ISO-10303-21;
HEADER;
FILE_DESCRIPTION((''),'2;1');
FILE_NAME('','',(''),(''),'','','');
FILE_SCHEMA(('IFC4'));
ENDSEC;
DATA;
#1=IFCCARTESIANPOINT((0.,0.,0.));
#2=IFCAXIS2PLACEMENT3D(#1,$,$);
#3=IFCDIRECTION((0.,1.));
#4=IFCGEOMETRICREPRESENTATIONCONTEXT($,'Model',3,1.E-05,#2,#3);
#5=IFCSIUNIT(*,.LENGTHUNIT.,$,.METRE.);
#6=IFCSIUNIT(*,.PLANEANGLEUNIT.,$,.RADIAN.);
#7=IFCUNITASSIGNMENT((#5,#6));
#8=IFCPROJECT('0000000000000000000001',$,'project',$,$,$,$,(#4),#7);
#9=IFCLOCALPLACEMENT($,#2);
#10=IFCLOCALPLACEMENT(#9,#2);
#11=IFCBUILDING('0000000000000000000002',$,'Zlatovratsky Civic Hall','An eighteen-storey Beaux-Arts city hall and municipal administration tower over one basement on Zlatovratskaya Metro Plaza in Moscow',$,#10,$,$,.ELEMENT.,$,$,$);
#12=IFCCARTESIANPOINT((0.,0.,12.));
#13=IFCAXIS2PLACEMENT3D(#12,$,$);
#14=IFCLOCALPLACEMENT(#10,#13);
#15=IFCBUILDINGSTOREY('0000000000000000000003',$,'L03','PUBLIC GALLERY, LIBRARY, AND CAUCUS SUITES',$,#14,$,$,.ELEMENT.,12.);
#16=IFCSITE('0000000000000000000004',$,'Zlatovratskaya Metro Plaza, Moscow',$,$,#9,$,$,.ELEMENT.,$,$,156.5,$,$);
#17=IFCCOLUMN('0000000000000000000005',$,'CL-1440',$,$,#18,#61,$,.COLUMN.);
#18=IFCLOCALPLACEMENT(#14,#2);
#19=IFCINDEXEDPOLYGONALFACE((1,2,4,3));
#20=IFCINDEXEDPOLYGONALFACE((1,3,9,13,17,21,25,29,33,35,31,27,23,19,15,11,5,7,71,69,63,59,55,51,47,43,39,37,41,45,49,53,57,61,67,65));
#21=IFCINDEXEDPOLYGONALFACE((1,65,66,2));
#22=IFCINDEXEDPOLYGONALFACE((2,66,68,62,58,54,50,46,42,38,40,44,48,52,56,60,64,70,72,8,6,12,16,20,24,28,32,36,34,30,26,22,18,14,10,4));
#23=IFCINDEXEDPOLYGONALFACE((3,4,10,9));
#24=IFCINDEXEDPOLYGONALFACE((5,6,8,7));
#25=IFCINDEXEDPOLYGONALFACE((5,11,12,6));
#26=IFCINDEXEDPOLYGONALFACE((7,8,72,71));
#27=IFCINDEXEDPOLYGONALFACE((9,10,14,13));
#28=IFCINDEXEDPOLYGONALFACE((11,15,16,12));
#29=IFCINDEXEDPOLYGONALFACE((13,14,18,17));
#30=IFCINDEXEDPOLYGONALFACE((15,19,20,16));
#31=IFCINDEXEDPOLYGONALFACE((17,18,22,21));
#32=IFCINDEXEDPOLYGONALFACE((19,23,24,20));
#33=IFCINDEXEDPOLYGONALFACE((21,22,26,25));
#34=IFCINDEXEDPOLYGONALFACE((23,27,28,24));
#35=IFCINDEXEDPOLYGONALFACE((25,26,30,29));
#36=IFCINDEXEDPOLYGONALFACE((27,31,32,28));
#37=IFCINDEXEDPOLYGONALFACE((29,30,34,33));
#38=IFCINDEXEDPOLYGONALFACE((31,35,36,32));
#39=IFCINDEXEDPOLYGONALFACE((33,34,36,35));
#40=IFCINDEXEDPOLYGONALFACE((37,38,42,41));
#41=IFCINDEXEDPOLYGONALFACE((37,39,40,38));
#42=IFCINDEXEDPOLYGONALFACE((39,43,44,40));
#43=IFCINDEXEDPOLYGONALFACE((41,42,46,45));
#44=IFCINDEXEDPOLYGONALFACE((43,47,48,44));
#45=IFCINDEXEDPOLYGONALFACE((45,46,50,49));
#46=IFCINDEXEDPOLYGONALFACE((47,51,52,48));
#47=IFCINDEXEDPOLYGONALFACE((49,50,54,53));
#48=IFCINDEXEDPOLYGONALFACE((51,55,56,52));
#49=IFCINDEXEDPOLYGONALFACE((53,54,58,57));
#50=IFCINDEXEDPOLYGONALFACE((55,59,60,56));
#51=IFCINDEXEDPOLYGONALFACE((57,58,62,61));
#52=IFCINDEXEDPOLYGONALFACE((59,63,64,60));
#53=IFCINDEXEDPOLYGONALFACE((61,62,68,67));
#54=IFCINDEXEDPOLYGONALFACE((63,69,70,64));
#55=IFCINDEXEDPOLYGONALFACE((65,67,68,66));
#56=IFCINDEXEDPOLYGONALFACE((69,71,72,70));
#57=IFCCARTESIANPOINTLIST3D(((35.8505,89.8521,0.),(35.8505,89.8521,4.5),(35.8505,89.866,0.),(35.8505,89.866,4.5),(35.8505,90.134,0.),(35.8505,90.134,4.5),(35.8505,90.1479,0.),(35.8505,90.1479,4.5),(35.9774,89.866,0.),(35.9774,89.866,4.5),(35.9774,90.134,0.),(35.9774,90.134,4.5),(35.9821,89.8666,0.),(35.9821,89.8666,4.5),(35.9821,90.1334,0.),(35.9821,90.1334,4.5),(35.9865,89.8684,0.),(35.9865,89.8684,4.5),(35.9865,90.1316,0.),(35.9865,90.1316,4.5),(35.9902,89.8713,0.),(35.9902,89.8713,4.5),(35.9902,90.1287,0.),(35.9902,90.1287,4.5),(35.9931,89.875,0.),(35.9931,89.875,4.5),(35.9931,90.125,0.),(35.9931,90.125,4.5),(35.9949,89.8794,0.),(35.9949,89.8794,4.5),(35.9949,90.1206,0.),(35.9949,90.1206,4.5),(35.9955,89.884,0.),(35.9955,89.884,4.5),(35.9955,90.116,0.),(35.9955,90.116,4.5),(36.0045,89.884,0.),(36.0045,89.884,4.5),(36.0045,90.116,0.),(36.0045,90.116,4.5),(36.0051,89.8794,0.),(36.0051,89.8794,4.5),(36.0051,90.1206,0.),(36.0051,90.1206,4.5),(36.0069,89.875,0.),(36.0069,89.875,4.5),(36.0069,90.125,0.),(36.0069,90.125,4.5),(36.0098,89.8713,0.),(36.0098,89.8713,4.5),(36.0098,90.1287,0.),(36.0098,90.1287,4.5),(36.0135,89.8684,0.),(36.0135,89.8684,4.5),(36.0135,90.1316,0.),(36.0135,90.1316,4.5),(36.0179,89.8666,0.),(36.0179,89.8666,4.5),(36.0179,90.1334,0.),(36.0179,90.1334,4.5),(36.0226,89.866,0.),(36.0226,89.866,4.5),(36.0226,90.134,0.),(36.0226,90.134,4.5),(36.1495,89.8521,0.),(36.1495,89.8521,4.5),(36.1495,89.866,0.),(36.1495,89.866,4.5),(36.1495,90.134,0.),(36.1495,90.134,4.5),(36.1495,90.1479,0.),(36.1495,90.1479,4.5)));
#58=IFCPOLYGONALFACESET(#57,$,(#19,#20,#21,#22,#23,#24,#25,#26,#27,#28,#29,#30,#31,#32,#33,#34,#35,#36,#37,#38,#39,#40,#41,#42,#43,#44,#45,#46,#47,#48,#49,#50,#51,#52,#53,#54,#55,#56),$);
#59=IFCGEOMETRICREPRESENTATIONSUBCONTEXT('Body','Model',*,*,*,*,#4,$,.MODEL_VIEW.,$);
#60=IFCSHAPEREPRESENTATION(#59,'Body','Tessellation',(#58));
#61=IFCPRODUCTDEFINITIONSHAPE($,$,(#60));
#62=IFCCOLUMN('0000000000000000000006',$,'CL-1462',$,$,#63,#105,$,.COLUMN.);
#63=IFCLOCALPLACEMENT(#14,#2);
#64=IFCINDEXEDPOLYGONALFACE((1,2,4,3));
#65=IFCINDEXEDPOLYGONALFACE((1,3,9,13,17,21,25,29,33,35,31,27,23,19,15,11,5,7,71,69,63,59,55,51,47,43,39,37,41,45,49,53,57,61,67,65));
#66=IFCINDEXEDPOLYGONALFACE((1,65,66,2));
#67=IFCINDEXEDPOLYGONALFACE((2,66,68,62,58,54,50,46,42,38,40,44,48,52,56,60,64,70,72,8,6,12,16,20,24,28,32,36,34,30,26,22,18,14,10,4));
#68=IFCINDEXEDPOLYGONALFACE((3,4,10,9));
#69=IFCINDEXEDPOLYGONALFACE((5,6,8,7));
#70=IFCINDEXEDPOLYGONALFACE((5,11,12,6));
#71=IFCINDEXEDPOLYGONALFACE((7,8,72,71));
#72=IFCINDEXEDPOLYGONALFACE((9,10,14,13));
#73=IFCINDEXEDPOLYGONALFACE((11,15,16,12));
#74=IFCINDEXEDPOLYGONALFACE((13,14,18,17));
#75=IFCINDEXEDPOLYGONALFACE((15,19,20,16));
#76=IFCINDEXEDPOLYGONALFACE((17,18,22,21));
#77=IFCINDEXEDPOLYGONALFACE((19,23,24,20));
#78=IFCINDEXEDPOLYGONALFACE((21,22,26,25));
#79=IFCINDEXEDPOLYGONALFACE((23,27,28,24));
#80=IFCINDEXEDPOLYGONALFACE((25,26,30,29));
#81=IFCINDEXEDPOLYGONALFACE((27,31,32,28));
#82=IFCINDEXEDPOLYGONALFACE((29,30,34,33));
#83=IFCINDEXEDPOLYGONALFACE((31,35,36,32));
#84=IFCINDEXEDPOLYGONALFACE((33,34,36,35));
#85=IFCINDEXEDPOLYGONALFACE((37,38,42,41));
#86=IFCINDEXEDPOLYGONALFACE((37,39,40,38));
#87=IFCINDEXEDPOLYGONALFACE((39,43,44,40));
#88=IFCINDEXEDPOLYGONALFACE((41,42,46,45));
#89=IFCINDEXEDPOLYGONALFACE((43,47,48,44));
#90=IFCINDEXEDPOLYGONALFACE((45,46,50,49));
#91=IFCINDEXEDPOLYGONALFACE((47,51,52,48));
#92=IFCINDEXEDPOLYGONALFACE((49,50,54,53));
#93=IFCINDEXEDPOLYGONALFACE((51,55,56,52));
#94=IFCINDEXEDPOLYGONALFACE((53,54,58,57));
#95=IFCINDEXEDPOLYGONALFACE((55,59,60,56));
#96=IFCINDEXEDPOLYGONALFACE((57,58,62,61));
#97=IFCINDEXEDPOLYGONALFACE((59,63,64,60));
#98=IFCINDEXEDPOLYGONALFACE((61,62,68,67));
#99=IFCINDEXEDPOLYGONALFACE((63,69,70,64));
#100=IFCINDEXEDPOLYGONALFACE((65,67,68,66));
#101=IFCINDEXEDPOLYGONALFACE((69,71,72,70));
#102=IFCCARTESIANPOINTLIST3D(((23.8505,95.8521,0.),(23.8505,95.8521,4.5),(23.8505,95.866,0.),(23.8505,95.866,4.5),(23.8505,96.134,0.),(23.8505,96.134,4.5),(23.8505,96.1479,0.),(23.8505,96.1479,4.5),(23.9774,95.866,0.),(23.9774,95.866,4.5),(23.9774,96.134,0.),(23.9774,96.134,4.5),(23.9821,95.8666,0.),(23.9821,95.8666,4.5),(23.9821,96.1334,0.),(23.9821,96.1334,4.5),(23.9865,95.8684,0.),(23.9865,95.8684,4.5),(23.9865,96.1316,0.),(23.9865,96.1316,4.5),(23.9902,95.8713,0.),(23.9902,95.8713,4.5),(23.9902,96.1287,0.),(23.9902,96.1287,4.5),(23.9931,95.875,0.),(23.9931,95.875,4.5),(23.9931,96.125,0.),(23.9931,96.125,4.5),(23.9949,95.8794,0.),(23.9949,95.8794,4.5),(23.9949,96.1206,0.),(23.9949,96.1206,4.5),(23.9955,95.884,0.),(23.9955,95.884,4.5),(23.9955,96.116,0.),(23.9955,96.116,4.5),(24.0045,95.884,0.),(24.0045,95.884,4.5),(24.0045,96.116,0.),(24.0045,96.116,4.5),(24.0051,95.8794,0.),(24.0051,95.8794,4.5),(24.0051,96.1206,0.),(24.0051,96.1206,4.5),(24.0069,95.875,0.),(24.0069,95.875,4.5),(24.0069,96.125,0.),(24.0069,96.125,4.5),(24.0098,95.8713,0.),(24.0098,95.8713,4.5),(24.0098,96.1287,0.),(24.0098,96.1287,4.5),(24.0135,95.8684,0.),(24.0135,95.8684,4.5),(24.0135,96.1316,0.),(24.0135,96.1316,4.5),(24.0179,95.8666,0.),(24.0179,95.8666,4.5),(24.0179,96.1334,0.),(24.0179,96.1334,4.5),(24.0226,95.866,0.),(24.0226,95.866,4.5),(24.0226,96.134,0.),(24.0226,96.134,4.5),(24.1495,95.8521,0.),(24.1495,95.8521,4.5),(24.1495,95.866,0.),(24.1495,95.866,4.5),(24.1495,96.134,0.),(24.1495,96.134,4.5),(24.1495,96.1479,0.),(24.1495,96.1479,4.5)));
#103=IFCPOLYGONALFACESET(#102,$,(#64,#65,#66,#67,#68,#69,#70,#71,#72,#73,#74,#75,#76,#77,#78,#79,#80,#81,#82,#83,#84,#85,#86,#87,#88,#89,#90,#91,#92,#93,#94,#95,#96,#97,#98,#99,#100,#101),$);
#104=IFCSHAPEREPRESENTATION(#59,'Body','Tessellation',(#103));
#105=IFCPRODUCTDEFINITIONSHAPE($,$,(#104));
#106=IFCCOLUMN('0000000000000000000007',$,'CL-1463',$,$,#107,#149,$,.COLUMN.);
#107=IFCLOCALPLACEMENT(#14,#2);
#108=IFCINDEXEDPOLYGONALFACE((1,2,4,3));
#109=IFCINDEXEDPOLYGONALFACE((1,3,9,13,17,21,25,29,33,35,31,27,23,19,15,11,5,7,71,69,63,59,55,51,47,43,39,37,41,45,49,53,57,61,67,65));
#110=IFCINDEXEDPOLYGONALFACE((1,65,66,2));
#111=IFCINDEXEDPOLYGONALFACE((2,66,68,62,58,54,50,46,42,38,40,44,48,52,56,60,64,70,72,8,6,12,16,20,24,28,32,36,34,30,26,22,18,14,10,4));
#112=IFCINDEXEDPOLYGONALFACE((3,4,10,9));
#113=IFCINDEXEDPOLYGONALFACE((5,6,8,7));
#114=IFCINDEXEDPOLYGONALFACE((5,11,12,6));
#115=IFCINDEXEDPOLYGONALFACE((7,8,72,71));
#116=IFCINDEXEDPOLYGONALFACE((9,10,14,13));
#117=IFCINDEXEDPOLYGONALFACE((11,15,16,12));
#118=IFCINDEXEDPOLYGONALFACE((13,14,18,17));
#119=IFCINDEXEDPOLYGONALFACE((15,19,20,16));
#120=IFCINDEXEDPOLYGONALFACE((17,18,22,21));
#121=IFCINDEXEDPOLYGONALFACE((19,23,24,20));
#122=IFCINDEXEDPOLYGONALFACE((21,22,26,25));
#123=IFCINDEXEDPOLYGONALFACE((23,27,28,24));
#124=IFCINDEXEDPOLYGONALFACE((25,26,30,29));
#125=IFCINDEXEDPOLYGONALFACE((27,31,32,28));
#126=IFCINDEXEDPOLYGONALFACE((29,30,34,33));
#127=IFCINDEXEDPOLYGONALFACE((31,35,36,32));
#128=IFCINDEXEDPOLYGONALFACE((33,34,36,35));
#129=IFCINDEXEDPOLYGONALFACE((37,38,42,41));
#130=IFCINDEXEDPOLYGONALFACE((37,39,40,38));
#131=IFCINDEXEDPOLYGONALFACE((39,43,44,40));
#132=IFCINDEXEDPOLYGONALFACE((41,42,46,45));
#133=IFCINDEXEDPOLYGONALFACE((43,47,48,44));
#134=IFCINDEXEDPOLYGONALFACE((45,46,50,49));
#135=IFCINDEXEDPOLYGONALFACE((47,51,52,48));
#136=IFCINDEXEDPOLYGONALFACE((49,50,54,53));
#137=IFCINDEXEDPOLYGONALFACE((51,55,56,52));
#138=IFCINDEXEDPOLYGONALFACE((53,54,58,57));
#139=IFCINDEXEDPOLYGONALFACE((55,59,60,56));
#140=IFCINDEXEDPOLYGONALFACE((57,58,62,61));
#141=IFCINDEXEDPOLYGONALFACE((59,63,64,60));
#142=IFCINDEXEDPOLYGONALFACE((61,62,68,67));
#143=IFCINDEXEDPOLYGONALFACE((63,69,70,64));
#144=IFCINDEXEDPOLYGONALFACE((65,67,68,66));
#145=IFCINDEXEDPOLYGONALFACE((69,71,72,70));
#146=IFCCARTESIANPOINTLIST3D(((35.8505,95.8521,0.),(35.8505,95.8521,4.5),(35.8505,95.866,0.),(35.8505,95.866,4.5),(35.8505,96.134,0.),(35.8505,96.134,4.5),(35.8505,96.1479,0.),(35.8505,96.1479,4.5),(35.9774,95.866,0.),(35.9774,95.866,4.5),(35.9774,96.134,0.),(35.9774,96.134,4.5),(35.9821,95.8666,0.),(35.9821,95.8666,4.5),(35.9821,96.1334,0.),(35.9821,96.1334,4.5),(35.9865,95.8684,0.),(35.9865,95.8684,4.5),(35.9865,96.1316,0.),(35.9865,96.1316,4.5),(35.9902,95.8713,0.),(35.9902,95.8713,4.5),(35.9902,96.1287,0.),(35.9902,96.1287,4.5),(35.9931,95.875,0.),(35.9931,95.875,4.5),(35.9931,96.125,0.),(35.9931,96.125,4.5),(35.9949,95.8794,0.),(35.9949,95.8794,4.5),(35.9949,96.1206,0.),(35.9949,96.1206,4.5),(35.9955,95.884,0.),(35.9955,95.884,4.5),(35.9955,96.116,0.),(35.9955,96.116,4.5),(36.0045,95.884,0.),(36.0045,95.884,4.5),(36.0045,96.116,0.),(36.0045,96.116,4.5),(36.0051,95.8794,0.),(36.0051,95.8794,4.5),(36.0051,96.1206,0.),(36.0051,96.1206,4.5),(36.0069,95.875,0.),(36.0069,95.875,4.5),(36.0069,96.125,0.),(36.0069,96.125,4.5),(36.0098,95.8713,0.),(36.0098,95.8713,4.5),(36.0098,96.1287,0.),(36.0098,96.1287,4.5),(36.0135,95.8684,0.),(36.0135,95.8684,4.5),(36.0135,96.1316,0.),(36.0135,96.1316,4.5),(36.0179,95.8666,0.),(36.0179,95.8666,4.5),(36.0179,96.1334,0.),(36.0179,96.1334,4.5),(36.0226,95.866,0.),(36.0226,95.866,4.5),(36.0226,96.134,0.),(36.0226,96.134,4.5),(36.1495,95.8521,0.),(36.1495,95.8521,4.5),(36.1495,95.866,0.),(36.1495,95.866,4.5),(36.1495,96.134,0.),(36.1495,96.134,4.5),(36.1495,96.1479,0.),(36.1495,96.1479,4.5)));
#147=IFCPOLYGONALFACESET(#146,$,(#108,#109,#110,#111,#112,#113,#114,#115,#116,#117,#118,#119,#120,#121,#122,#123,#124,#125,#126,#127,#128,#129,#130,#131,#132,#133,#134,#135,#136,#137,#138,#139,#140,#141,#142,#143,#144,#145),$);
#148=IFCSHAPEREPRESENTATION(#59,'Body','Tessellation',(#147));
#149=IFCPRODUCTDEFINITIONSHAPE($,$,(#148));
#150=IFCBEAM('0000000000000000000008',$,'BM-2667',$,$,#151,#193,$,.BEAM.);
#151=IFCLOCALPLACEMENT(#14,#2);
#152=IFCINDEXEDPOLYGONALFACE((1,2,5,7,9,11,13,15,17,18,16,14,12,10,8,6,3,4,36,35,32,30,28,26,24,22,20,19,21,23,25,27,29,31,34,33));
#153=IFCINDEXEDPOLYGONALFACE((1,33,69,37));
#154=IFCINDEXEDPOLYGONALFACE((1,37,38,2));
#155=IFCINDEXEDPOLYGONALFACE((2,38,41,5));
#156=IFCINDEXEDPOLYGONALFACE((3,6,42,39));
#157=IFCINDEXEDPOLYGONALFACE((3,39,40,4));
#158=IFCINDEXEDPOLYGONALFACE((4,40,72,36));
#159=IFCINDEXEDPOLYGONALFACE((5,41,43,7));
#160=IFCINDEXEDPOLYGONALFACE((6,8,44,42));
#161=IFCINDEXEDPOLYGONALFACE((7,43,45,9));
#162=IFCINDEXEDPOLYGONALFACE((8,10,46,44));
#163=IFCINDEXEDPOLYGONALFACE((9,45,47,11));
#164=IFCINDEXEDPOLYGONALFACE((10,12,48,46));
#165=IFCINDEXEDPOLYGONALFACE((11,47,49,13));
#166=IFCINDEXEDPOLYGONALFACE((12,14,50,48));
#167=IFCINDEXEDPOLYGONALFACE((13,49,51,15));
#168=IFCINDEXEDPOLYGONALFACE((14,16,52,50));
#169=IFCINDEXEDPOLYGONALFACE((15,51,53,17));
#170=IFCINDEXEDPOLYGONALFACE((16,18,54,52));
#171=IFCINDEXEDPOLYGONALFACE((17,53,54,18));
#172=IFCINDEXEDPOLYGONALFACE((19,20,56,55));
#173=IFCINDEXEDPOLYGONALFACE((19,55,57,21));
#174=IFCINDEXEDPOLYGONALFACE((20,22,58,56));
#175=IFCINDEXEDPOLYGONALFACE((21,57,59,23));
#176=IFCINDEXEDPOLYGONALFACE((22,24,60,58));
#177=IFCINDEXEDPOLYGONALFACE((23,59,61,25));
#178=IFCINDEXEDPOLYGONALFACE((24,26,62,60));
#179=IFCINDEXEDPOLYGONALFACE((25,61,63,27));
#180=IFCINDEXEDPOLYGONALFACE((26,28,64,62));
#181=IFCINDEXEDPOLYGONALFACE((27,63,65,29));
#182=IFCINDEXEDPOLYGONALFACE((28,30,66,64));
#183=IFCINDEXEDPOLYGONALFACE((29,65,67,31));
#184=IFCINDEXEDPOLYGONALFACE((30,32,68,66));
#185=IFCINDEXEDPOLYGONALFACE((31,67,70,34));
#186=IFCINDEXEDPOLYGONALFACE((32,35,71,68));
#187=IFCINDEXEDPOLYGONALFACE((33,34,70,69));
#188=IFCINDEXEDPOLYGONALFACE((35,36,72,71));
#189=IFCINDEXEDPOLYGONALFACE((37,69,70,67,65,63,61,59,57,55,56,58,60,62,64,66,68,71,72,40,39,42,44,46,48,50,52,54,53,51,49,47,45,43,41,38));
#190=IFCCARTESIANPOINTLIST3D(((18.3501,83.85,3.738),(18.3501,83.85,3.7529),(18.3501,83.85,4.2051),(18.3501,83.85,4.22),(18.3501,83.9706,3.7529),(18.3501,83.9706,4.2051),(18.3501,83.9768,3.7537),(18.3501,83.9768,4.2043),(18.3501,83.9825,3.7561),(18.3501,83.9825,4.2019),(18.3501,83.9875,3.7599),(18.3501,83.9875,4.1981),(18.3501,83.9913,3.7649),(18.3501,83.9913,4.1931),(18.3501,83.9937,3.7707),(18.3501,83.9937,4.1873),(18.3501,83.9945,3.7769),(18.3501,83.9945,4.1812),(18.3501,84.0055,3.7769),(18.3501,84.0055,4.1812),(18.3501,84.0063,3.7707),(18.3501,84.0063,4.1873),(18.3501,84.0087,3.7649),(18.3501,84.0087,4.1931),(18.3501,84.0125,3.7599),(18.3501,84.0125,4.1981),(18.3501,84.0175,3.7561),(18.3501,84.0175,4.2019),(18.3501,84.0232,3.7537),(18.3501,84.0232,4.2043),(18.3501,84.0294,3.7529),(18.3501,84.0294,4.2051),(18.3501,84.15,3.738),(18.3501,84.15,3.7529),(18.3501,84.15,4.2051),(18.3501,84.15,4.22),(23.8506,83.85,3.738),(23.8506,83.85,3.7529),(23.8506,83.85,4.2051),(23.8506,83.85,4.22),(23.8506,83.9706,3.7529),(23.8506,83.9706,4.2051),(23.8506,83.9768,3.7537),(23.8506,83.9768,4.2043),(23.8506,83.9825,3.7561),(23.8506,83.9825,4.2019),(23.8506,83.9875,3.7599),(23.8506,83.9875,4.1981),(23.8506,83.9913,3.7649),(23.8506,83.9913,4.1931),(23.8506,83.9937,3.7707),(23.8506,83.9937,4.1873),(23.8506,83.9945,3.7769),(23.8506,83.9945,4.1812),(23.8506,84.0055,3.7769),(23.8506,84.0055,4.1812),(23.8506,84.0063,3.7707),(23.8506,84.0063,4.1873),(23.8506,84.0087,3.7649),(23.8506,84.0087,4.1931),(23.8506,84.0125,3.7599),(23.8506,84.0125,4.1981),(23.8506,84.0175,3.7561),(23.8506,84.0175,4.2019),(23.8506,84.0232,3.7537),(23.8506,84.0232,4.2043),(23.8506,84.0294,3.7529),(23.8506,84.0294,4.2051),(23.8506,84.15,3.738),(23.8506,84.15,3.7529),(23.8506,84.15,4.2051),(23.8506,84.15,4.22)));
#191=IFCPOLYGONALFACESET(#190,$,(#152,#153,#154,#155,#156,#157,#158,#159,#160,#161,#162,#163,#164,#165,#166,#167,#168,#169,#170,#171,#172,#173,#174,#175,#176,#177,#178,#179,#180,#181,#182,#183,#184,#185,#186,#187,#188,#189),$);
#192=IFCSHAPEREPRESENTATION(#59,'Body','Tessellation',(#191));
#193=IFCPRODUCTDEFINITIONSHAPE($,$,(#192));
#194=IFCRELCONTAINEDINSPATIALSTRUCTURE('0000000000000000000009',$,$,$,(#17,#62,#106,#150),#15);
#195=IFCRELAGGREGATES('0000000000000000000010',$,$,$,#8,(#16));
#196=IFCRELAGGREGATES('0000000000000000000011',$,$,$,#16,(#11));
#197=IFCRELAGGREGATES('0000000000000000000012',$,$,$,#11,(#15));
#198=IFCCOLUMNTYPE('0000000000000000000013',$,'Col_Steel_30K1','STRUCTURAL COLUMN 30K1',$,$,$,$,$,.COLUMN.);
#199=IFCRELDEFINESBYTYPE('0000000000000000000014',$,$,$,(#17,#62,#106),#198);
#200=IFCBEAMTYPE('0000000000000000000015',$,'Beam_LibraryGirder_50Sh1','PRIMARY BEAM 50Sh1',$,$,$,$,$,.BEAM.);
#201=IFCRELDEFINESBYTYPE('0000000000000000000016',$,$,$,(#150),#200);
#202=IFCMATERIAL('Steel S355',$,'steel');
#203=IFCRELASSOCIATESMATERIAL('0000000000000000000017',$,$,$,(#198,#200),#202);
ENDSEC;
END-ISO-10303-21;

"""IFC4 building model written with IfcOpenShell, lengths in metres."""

from ifc_helpers import new_model, si_unit, direction, frame, origin, origin_2d, place, context, subcontext, project, spatial, i_section, extrude, material, material_profile, profile_set, type_object, element, save


model = new_model("IFC4")

# Units and contexts
model_context = context("Model", 3, precision=1e-05, world=origin(), true_north=direction((0.0, 1.0)))
body_context = subcontext(model_context, "Body", "Model", "MODEL_VIEW")
ifc_project = project(units=[si_unit("LENGTHUNIT", "METRE"), si_unit("PLANEANGLEUNIT", "RADIAN")], contexts=[model_context])

# Site, building, storey
site_placement = place(None, origin())
site = spatial("IfcSite", under=ifc_project, at=site_placement, Name="Zlatovratskaya Metro Plaza, Moscow", CompositionType="ELEMENT", RefElevation=156.5)
building_placement = place(site_placement, origin())
building = spatial("IfcBuilding", under=site, at=building_placement, Name="Zlatovratsky Civic Hall", Description="An eighteen-storey Beaux-Arts city hall and municipal administration tower over one basement on Zlatovratskaya Metro Plaza in Moscow", CompositionType="ELEMENT")
storey_placement = place(building_placement, frame((0.0, 0.0, 12.0)))
storey = spatial("IfcBuildingStorey", under=building, at=storey_placement, Name="L03", Description="PUBLIC GALLERY, LIBRARY, AND CAUCUS SUITES", CompositionType="ELEMENT", Elevation=12.0)

# Columns
ifc_material_1 = material(Name="Steel S355", Category="steel")
ifc_material_profile_1 = material_profile(ifc_material_1, i_section(OverallWidth=0.2991, OverallDepth=0.2959, WebThickness=0.009, FlangeThickness=0.0139, FilletRadius=0.0181, at=origin_2d()), Name="30K1")
ifc_profile_set_1 = profile_set([ifc_material_profile_1], Name="Steel S355")
column_type_1 = type_object("IfcColumnType", Name="Col_Steel_30K1", Description="STRUCTURAL COLUMN 30K1", PredefinedType="COLUMN", material=ifc_profile_set_1)
for number, where, z_axis, x_axis, name in (
    (1, (36.0, 90.0, 0.0), (0.0, 0.0, 1.0), (1.0, 0.0, 0.0), "CL-1440"),
    (2, (24.0, 96.0, 0.0), (0.0, 0.0, 1.0), (1.0, 0.0, 0.0), "CL-1462"),
    (3, (36.0, 96.0, 0.0), (0.0, 0.0, 1.0), (1.0, 0.0, 0.0), "CL-1463"),
):
    element("IfcColumn", number, at=place(storey_placement, frame(where, z_axis=z_axis, x_axis=x_axis)), inside=storey, type_object=column_type_1, Name=name, PredefinedType="COLUMN", context=body_context, shape_type="SweptSolid", body=[
        extrude(i_section(OverallWidth=0.2991, OverallDepth=0.2959, WebThickness=0.009, FlangeThickness=0.0139, FilletRadius=0.0181, at=origin_2d()), origin(), (0.0, 0.0, 1.0), 4.5),
    ])

# Beam
ifc_material_profile_2 = material_profile(ifc_material_1, i_section(OverallWidth=0.3, OverallDepth=0.4819, WebThickness=0.011, FlangeThickness=0.0149, FilletRadius=0.0239, at=origin_2d()), Name="50Sh1")
ifc_profile_set_2 = profile_set([ifc_material_profile_2], Name="Steel S355")
beam_type_1 = type_object("IfcBeamType", Name="Beam_LibraryGirder_50Sh1", Description="PRIMARY BEAM 50Sh1", PredefinedType="BEAM", material=ifc_profile_set_2)
for number, where, z_axis, x_axis, name in (
    (4, (18.3501, 84.0, 3.979), (1.0, 0.0, 0.0), (0.0, 1.0, 0.0), "BM-2667"),
):
    element("IfcBeam", number, at=place(storey_placement, frame(where, z_axis=z_axis, x_axis=x_axis)), inside=storey, type_object=beam_type_1, Name=name, PredefinedType="BEAM", context=body_context, shape_type="SweptSolid", body=[
        extrude(i_section(OverallWidth=0.3, OverallDepth=0.4819, WebThickness=0.011, FlangeThickness=0.0149, FilletRadius=0.0239, at=origin_2d()), origin(), (0.0, 0.0, 1.0), 5.5005),
    ])

save(model, "model.ifc")
